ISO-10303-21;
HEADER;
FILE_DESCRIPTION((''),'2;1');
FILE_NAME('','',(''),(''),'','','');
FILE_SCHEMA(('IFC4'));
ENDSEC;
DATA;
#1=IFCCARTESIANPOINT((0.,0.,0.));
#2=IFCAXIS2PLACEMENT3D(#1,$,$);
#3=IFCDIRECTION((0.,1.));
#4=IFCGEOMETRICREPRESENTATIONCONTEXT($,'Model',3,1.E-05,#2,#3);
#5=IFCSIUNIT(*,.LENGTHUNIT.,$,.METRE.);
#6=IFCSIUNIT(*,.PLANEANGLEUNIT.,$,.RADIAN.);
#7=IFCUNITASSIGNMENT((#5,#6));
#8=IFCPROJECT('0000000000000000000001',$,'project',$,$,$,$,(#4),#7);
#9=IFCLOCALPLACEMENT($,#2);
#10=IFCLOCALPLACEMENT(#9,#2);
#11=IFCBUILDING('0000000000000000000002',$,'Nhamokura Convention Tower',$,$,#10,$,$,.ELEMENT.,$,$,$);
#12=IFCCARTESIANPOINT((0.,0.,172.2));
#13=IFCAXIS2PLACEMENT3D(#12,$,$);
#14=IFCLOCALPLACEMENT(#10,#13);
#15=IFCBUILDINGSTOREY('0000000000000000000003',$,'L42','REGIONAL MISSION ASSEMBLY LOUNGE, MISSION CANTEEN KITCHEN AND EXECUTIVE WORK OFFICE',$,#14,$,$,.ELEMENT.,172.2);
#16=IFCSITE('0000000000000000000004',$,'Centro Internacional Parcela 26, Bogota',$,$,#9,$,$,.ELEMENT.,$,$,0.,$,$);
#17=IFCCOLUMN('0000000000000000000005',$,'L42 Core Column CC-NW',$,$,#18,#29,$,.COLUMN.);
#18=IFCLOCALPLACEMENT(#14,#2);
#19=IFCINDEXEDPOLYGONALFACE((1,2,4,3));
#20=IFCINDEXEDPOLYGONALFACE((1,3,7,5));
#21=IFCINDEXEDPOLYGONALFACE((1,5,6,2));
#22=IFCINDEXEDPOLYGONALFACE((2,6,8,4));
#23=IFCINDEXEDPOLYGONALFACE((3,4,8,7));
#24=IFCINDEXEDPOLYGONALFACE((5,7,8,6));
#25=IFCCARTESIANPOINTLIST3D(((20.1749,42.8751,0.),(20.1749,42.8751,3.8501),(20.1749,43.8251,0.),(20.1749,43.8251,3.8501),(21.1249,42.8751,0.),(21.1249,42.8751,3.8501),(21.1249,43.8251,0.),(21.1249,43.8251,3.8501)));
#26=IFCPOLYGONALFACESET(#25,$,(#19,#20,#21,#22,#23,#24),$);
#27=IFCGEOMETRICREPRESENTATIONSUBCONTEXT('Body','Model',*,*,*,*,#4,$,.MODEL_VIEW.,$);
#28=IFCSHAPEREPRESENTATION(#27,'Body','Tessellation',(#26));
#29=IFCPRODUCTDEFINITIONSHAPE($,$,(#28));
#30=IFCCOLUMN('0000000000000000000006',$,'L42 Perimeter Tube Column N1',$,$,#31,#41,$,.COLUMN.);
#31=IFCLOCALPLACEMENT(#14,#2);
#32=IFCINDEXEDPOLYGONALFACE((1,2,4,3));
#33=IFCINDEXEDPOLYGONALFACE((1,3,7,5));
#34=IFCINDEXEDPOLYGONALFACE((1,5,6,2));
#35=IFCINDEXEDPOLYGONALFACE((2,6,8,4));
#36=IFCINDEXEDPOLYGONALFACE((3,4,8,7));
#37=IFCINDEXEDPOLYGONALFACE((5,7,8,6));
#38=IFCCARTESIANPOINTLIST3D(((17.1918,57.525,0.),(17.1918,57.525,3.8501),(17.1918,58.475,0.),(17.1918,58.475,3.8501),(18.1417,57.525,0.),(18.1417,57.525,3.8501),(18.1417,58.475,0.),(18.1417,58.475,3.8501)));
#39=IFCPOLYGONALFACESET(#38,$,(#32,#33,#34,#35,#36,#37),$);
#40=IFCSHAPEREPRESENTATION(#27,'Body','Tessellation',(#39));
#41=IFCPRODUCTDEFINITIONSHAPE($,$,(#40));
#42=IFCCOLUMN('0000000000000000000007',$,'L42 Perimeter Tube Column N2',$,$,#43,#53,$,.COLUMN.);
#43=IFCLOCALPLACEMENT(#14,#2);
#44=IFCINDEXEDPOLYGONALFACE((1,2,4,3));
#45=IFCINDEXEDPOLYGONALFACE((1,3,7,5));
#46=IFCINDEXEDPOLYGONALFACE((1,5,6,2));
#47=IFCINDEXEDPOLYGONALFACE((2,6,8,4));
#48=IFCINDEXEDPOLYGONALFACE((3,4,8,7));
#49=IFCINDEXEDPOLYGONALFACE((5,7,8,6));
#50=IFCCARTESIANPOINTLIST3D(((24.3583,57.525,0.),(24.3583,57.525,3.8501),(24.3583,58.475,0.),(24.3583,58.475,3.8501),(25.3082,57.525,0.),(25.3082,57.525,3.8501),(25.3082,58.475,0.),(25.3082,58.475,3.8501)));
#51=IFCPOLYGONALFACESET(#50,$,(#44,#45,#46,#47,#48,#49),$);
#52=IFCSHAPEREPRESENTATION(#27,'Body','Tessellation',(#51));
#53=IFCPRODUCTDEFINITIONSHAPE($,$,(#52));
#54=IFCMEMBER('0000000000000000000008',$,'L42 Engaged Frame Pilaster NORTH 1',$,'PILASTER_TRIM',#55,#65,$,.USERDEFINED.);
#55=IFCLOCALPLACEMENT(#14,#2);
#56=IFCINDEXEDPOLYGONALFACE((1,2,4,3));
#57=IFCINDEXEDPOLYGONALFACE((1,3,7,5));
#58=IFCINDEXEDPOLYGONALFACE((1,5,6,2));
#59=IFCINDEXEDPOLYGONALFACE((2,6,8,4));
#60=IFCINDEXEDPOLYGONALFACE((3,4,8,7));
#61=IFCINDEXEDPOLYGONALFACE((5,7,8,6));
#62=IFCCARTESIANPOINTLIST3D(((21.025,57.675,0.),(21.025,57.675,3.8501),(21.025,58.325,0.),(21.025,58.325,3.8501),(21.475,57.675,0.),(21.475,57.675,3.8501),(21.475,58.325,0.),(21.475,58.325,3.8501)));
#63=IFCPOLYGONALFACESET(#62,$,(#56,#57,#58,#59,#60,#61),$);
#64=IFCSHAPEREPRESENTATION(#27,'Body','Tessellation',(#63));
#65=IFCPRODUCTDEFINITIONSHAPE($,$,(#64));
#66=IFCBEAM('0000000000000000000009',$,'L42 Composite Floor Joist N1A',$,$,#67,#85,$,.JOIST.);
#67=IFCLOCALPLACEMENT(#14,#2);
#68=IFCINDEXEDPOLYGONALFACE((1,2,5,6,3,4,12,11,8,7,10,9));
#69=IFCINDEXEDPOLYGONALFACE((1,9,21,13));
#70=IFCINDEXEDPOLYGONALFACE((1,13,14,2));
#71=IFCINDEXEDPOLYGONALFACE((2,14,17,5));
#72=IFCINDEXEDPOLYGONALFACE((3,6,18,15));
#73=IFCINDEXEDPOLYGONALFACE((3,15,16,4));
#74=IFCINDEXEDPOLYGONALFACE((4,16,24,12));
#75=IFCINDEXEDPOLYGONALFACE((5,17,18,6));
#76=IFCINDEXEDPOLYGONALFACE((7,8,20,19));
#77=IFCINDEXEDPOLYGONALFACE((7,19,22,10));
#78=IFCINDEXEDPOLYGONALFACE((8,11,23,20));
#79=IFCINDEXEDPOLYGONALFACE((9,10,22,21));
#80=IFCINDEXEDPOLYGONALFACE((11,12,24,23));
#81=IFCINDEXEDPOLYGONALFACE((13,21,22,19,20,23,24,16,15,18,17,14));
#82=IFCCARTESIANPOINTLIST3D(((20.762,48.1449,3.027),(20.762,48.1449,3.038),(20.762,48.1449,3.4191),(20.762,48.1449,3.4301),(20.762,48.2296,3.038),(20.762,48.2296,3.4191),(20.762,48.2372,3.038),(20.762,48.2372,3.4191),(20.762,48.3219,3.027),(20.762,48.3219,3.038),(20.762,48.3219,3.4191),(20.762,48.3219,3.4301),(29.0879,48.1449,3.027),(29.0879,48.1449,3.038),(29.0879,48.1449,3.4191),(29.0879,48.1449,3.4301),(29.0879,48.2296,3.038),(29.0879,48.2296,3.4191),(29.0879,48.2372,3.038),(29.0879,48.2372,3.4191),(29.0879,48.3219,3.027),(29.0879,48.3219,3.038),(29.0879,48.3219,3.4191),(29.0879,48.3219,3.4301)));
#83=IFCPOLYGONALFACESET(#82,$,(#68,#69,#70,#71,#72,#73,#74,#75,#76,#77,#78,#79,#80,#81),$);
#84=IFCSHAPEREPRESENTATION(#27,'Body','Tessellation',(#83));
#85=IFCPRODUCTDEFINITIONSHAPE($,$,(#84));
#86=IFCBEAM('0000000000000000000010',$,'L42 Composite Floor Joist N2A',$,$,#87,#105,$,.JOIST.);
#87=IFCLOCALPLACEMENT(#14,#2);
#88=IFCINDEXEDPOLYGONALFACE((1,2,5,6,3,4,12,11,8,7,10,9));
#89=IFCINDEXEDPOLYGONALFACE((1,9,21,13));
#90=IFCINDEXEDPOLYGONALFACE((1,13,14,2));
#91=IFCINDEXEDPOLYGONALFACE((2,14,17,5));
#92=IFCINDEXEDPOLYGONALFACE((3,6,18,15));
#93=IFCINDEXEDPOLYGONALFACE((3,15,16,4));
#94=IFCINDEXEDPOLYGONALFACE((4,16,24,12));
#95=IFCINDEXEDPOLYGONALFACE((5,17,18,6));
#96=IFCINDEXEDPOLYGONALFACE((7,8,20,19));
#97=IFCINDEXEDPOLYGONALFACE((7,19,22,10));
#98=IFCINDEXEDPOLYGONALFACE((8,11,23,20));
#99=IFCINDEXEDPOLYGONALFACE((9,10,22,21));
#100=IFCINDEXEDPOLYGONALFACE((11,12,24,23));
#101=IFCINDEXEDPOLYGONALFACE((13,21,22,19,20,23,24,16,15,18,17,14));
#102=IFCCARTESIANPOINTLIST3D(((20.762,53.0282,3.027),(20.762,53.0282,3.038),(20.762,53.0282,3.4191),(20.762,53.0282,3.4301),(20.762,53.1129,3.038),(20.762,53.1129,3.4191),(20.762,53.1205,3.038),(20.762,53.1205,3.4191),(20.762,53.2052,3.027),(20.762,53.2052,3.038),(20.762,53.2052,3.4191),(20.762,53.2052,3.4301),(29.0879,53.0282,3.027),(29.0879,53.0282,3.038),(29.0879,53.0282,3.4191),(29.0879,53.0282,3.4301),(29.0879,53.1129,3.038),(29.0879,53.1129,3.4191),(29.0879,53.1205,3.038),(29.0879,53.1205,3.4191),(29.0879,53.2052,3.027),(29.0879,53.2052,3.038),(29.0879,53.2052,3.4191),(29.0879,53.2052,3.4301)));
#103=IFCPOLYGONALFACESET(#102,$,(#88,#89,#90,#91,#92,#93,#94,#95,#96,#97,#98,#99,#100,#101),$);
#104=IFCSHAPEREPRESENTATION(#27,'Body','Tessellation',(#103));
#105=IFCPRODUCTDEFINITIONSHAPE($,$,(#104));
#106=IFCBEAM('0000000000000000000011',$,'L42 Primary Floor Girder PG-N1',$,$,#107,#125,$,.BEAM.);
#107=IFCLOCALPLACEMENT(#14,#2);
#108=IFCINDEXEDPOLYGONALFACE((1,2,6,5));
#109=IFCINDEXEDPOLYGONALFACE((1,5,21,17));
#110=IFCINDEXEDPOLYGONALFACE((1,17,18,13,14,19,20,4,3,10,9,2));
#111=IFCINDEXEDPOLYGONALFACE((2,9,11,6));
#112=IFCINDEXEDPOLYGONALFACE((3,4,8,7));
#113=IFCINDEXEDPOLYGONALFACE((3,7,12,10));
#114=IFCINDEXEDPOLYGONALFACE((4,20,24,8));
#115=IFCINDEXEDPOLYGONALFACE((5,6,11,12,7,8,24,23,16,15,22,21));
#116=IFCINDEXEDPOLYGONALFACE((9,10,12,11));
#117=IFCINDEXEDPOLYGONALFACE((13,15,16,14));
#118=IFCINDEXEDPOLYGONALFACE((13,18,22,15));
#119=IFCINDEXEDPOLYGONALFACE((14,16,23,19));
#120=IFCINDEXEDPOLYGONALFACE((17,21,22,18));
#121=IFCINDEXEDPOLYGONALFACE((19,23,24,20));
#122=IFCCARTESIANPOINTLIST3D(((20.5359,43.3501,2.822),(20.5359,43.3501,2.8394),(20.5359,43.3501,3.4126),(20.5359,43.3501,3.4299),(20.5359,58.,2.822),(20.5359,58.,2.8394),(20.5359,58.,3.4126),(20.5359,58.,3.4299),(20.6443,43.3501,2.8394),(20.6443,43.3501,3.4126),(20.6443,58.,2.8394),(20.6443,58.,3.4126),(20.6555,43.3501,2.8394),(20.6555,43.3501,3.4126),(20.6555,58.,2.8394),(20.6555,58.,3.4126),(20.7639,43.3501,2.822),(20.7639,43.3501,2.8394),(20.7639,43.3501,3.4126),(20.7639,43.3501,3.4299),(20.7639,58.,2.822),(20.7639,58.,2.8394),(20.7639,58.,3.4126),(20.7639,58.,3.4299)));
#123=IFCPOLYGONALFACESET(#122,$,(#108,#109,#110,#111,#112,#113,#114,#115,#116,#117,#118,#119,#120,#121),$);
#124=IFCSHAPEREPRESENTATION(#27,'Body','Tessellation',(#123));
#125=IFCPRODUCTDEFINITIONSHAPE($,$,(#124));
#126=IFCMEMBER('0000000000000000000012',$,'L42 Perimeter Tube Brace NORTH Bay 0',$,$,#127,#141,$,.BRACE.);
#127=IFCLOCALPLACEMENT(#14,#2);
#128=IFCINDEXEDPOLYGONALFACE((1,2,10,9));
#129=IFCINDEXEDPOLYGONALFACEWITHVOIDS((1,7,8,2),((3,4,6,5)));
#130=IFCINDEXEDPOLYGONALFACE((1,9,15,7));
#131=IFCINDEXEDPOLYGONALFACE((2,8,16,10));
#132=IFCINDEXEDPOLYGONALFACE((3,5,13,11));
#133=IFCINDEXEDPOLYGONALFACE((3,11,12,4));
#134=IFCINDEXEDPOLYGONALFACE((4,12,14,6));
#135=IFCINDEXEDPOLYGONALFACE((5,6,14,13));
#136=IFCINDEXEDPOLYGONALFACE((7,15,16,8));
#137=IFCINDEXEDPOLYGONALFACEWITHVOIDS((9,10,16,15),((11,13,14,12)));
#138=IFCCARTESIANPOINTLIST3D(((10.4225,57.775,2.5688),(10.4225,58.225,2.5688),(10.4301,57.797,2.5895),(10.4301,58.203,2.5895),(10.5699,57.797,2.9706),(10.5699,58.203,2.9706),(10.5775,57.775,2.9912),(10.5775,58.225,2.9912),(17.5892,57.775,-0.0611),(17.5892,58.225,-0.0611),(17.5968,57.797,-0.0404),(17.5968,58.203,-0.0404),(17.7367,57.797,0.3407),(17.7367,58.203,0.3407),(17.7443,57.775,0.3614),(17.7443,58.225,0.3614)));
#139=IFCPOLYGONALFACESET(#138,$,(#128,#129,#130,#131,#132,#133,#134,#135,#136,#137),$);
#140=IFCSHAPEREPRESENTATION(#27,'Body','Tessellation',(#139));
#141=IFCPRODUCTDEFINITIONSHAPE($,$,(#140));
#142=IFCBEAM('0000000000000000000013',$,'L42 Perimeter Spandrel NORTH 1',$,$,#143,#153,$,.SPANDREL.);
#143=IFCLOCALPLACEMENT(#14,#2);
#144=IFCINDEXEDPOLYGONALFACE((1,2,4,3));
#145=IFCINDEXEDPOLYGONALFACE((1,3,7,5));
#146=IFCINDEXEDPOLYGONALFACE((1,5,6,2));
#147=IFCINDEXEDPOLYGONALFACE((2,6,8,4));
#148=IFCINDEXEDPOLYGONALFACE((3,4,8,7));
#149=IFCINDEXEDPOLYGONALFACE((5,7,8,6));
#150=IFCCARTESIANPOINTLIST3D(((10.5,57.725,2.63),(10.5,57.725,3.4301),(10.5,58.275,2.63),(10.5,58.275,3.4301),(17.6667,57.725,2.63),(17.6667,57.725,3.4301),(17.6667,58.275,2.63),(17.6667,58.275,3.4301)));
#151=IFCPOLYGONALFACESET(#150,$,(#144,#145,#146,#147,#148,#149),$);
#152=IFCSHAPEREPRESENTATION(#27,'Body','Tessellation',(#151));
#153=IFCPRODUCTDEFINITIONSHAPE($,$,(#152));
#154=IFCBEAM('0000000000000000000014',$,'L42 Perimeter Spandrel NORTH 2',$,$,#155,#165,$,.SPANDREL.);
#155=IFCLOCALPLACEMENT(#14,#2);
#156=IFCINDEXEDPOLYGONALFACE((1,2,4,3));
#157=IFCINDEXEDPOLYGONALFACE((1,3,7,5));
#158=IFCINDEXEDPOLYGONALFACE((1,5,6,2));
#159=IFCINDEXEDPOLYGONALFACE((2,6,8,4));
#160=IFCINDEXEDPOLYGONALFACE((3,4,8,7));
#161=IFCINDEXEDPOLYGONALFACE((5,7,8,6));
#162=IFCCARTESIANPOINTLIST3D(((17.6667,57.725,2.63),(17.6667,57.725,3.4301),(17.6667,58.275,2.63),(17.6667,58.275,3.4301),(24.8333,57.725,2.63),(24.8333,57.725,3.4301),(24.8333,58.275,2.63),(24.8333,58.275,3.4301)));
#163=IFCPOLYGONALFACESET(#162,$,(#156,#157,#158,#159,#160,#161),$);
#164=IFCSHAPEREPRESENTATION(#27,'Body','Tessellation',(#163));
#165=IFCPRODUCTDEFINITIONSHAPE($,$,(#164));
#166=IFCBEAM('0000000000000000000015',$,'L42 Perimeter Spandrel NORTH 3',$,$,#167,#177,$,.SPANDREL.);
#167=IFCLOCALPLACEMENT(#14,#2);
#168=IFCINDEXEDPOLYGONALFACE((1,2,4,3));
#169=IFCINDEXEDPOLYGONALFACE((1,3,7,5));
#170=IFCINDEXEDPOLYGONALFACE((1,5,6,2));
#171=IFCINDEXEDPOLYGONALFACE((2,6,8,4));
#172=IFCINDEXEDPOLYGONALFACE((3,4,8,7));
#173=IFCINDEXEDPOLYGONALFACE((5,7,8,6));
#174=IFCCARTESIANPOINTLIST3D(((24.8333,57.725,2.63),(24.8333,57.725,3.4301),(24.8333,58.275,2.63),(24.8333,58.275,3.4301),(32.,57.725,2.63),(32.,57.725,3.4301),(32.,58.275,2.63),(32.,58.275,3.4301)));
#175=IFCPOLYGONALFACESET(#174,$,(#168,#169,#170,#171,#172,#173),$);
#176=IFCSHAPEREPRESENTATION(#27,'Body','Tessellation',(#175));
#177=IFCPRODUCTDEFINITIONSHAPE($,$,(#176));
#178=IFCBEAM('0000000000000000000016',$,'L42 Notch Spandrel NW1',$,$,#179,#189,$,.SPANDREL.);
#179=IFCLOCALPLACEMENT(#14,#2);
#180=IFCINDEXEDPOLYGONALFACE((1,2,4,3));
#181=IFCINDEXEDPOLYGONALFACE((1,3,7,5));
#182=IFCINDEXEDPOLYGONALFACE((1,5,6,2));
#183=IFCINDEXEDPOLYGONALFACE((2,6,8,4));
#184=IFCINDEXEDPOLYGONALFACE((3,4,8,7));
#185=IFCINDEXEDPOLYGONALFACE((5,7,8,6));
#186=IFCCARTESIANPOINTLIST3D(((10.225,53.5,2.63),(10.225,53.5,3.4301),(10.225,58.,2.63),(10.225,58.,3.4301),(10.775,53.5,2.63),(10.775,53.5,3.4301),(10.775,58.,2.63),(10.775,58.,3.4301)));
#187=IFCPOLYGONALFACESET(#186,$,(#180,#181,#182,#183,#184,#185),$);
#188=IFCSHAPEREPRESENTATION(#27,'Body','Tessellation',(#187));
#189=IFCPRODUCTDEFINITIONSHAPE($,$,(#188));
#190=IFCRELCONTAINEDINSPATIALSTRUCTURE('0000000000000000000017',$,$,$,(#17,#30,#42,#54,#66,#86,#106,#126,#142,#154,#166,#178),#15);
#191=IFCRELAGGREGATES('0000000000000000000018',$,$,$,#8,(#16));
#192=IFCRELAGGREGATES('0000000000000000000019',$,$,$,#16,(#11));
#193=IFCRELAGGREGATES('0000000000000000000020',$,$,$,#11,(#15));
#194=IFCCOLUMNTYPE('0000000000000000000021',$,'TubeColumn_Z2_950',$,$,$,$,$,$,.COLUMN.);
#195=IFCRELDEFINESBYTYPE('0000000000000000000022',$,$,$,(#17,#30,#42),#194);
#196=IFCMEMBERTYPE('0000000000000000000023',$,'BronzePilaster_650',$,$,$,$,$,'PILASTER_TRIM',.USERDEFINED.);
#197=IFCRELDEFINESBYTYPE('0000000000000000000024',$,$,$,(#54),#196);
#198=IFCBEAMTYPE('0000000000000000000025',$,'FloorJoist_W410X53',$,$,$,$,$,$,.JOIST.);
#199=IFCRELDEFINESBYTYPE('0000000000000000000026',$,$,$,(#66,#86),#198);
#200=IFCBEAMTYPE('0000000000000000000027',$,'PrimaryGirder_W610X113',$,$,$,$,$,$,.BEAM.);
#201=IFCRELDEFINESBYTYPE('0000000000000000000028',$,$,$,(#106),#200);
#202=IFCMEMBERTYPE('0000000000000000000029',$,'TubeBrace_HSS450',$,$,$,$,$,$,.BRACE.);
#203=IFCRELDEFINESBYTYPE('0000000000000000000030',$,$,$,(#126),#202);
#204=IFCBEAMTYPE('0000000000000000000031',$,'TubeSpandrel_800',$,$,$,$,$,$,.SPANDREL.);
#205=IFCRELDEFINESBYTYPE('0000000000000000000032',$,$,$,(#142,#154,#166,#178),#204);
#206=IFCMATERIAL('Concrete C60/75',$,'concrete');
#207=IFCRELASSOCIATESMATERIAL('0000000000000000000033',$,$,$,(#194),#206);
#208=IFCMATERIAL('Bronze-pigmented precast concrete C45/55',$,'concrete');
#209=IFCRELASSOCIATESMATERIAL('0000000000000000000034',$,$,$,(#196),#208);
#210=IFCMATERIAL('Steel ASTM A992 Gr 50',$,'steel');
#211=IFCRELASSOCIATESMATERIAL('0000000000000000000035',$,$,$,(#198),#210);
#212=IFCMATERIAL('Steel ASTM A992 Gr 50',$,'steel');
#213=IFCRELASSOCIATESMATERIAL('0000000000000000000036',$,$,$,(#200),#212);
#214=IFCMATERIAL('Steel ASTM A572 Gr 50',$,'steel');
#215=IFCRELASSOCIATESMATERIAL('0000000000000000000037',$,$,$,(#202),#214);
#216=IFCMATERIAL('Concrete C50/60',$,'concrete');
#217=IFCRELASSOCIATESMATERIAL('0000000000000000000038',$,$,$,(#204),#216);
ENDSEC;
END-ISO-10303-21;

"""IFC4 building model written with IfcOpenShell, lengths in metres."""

from ifc_helpers import new_model, si_unit, direction, frame, origin, origin_2d, place, context, subcontext, project, spatial, rectangle, hollow_rectangle, i_section, extrude, material, material_profile, profile_set, type_object, element, save


model = new_model("IFC4")

# Units and contexts
model_context = context("Model", 3, precision=1e-05, world=origin(), true_north=direction((0.0, 1.0)))
body_context = subcontext(model_context, "Body", "Model", "MODEL_VIEW")
ifc_project = project(units=[si_unit("LENGTHUNIT", "METRE"), si_unit("PLANEANGLEUNIT", "RADIAN")], contexts=[model_context])

# Site, building, storey
site_placement = place(None, origin())
site = spatial("IfcSite", under=ifc_project, at=site_placement, Name="Centro Internacional Parcela 26, Bogota", CompositionType="ELEMENT", RefElevation=0.0)
building_placement = place(site_placement, origin())
building = spatial("IfcBuilding", under=site, at=building_placement, Name="Nhamokura Convention Tower", CompositionType="ELEMENT")
storey_placement = place(building_placement, frame((0.0, 0.0, 172.2)))
storey = spatial("IfcBuildingStorey", under=building, at=storey_placement, Name="L42", Description="REGIONAL MISSION ASSEMBLY LOUNGE, MISSION CANTEEN KITCHEN AND EXECUTIVE WORK OFFICE", CompositionType="ELEMENT", Elevation=172.2)

# Columns
ifc_material_1 = material(Name="Concrete C60/75", Category="concrete")
ifc_material_profile_1 = material_profile(ifc_material_1, rectangle(XDim=0.95, YDim=0.95, at=origin_2d()))
ifc_profile_set_1 = profile_set([ifc_material_profile_1], Name="Concrete C60/75")
column_type = type_object("IfcColumnType", Name="TubeColumn_Z2_950", PredefinedType="COLUMN", material=ifc_profile_set_1)
for number, where, z_axis, x_axis, name in (
    (1, (20.6499, 43.3501, 0.0), (0.0, 0.0, 1.0), (1.0, 0.0, 0.0), "L42 Core Column CC-NW"),
    (2, (17.6667, 58.0, 0.0), (0.0, 0.0, 1.0), (1.0, 0.0, 0.0), "L42 Perimeter Tube Column N1"),
    (3, (24.8333, 58.0, 0.0), (0.0, 0.0, 1.0), (1.0, 0.0, 0.0), "L42 Perimeter Tube Column N2"),
):
    element("IfcColumn", number, at=place(storey_placement, frame(where, z_axis=z_axis, x_axis=x_axis)), inside=storey, type_object=column_type, Name=name, PredefinedType="COLUMN", context=body_context, shape_type="SweptSolid", body=[
        extrude(rectangle(XDim=0.95, YDim=0.95, at=origin_2d()), origin(), (0.0, 0.0, 1.0), 3.8501),
    ])

# Member
ifc_material_2 = material(Name="Bronze-pigmented precast concrete C45/55", Category="concrete")
ifc_material_profile_2 = material_profile(ifc_material_2, rectangle(XDim=0.45, YDim=0.6499, at=origin_2d()))
ifc_profile_set_2 = profile_set([ifc_material_profile_2], Name="Bronze-pigmented precast concrete C45/55")
member_type_1 = type_object("IfcMemberType", Name="BronzePilaster_650", ElementType="PILASTER_TRIM", PredefinedType="USERDEFINED", material=ifc_profile_set_2)
member_1_placement = place(storey_placement, frame((21.25, 58.0, 0.0), z_axis=(0.0, 0.0, 1.0), x_axis=(1.0, 0.0, 0.0)))
element("IfcMember", 4, at=member_1_placement, inside=storey, type_object=member_type_1, Name="L42 Engaged Frame Pilaster NORTH 1", ObjectType="PILASTER_TRIM", PredefinedType="USERDEFINED", context=body_context, shape_type="SweptSolid", body=[
    extrude(rectangle(XDim=0.45, YDim=0.6499, at=origin_2d()), origin(), (0.0, 0.0, 1.0), 3.8501),
])

# Beams
ifc_material_3 = material(Name="Steel ASTM A992 Gr 50", Category="steel")
ifc_material_profile_3 = material_profile(ifc_material_3, i_section(OverallWidth=0.177, OverallDepth=0.4031, WebThickness=0.0076, FlangeThickness=0.011, at=origin_2d()))
ifc_profile_set_3 = profile_set([ifc_material_profile_3], Name="Steel ASTM A992 Gr 50")
beam_type_1 = type_object("IfcBeamType", Name="FloorJoist_W410X53", PredefinedType="JOIST", material=ifc_profile_set_3)
for number, where, z_axis, x_axis, name in (
    (5, (20.762, 48.2334, 3.2285), (1.0, 0.0, 0.0), (0.0, 1.0, 0.0), "L42 Composite Floor Joist N1A"),
    (6, (20.762, 53.1167, 3.2285), (1.0, 0.0, 0.0), (0.0, 1.0, 0.0), "L42 Composite Floor Joist N2A"),
):
    element("IfcBeam", number, at=place(storey_placement, frame(where, z_axis=z_axis, x_axis=x_axis)), inside=storey, type_object=beam_type_1, Name=name, PredefinedType="JOIST", context=body_context, shape_type="SweptSolid", body=[
        extrude(i_section(OverallWidth=0.177, OverallDepth=0.4031, WebThickness=0.0076, FlangeThickness=0.011, at=origin_2d()), origin(), (0.0, 0.0, 1.0), 8.3259),
    ])
ifc_material_4 = material(Name="Steel ASTM A992 Gr 50", Category="steel")
ifc_material_profile_4 = material_profile(ifc_material_4, i_section(OverallWidth=0.228, OverallDepth=0.6079, WebThickness=0.0112, FlangeThickness=0.0173, at=origin_2d()))
ifc_profile_set_4 = profile_set([ifc_material_profile_4], Name="Steel ASTM A992 Gr 50")
beam_type_2 = type_object("IfcBeamType", Name="PrimaryGirder_W610X113", PredefinedType="BEAM", material=ifc_profile_set_4)
beam_1_placement = place(storey_placement, frame((20.6499, 43.3501, 3.126), z_axis=(0.0, 1.0, 0.0), x_axis=(-1.0, 0.0, 0.0)))
element("IfcBeam", 7, at=beam_1_placement, inside=storey, type_object=beam_type_2, Name="L42 Primary Floor Girder PG-N1", PredefinedType="BEAM", context=body_context, shape_type="SweptSolid", body=[
    extrude(i_section(OverallWidth=0.228, OverallDepth=0.6079, WebThickness=0.0112, FlangeThickness=0.0173, at=origin_2d()), origin(), (0.0, 0.0, 1.0), 14.6499),
])

# Member
ifc_material_5 = material(Name="Steel ASTM A572 Gr 50", Category="steel")
ifc_material_profile_5 = material_profile(ifc_material_5, hollow_rectangle(XDim=0.45, YDim=0.45, WallThickness=0.022, at=origin_2d()))
ifc_profile_set_5 = profile_set([ifc_material_profile_5], Name="Steel ASTM A572 Gr 50")
member_type_2 = type_object("IfcMemberType", Name="TubeBrace_HSS450", PredefinedType="BRACE", material=ifc_profile_set_5)
member_2_placement = place(storey_placement, frame((17.6667, 58.0, 0.1501), z_axis=(-0.938788, 0.0, 0.344494), x_axis=(0.0, -1.0, 0.0)))
element("IfcMember", 8, at=member_2_placement, inside=storey, type_object=member_type_2, Name="L42 Perimeter Tube Brace NORTH Bay 0", PredefinedType="BRACE", context=body_context, shape_type="SweptSolid", body=[
    extrude(hollow_rectangle(XDim=0.45, YDim=0.45, WallThickness=0.022, at=origin_2d()), origin(), (0.0, 0.0, 1.0), 7.634),
])

# Beams
ifc_material_6 = material(Name="Concrete C50/60", Category="concrete")
ifc_material_profile_6 = material_profile(ifc_material_6, rectangle(XDim=0.55, YDim=0.8, at=origin_2d()))
ifc_profile_set_6 = profile_set([ifc_material_profile_6], Name="Concrete C50/60")
beam_type_3 = type_object("IfcBeamType", Name="TubeSpandrel_800", PredefinedType="SPANDREL", material=ifc_profile_set_6)
beam_2_placement = place(storey_placement, frame((10.5, 58.0, 3.03), z_axis=(1.0, 0.0, 0.0), x_axis=(0.0, 1.0, 0.0)))
element("IfcBeam", 9, at=beam_2_placement, inside=storey, type_object=beam_type_3, Name="L42 Perimeter Spandrel NORTH 1", PredefinedType="SPANDREL", context=body_context, shape_type="SweptSolid", body=[
    extrude(rectangle(XDim=0.55, YDim=0.8, at=origin_2d()), origin(), (0.0, 0.0, 1.0), 7.1667),
])
beam_3_placement = place(storey_placement, frame((17.6667, 58.0, 3.03), z_axis=(1.0, 0.0, 0.0), x_axis=(0.0, 1.0, 0.0)))
element("IfcBeam", 10, at=beam_3_placement, inside=storey, type_object=beam_type_3, Name="L42 Perimeter Spandrel NORTH 2", PredefinedType="SPANDREL", context=body_context, shape_type="SweptSolid", body=[
    extrude(rectangle(XDim=0.55, YDim=0.8, at=origin_2d()), origin(), (0.0, 0.0, 1.0), 7.1665),
])
beam_4_placement = place(storey_placement, frame((24.8333, 58.0, 3.03), z_axis=(1.0, 0.0, 0.0), x_axis=(0.0, 1.0, 0.0)))
element("IfcBeam", 11, at=beam_4_placement, inside=storey, type_object=beam_type_3, Name="L42 Perimeter Spandrel NORTH 3", PredefinedType="SPANDREL", context=body_context, shape_type="SweptSolid", body=[
    extrude(rectangle(XDim=0.55, YDim=0.8, at=origin_2d()), origin(), (0.0, 0.0, 1.0), 7.1667),
])
beam_5_placement = place(storey_placement, frame((10.5, 58.0, 3.03), z_axis=(0.0, -1.0, 0.0), x_axis=(1.0, 0.0, 0.0)))
element("IfcBeam", 12, at=beam_5_placement, inside=storey, type_object=beam_type_3, Name="L42 Notch Spandrel NW1", PredefinedType="SPANDREL", context=body_context, shape_type="SweptSolid", body=[
    extrude(rectangle(XDim=0.55, YDim=0.8, at=origin_2d()), origin(), (0.0, 0.0, 1.0), 4.5),
])

save(model, "model.ifc")
